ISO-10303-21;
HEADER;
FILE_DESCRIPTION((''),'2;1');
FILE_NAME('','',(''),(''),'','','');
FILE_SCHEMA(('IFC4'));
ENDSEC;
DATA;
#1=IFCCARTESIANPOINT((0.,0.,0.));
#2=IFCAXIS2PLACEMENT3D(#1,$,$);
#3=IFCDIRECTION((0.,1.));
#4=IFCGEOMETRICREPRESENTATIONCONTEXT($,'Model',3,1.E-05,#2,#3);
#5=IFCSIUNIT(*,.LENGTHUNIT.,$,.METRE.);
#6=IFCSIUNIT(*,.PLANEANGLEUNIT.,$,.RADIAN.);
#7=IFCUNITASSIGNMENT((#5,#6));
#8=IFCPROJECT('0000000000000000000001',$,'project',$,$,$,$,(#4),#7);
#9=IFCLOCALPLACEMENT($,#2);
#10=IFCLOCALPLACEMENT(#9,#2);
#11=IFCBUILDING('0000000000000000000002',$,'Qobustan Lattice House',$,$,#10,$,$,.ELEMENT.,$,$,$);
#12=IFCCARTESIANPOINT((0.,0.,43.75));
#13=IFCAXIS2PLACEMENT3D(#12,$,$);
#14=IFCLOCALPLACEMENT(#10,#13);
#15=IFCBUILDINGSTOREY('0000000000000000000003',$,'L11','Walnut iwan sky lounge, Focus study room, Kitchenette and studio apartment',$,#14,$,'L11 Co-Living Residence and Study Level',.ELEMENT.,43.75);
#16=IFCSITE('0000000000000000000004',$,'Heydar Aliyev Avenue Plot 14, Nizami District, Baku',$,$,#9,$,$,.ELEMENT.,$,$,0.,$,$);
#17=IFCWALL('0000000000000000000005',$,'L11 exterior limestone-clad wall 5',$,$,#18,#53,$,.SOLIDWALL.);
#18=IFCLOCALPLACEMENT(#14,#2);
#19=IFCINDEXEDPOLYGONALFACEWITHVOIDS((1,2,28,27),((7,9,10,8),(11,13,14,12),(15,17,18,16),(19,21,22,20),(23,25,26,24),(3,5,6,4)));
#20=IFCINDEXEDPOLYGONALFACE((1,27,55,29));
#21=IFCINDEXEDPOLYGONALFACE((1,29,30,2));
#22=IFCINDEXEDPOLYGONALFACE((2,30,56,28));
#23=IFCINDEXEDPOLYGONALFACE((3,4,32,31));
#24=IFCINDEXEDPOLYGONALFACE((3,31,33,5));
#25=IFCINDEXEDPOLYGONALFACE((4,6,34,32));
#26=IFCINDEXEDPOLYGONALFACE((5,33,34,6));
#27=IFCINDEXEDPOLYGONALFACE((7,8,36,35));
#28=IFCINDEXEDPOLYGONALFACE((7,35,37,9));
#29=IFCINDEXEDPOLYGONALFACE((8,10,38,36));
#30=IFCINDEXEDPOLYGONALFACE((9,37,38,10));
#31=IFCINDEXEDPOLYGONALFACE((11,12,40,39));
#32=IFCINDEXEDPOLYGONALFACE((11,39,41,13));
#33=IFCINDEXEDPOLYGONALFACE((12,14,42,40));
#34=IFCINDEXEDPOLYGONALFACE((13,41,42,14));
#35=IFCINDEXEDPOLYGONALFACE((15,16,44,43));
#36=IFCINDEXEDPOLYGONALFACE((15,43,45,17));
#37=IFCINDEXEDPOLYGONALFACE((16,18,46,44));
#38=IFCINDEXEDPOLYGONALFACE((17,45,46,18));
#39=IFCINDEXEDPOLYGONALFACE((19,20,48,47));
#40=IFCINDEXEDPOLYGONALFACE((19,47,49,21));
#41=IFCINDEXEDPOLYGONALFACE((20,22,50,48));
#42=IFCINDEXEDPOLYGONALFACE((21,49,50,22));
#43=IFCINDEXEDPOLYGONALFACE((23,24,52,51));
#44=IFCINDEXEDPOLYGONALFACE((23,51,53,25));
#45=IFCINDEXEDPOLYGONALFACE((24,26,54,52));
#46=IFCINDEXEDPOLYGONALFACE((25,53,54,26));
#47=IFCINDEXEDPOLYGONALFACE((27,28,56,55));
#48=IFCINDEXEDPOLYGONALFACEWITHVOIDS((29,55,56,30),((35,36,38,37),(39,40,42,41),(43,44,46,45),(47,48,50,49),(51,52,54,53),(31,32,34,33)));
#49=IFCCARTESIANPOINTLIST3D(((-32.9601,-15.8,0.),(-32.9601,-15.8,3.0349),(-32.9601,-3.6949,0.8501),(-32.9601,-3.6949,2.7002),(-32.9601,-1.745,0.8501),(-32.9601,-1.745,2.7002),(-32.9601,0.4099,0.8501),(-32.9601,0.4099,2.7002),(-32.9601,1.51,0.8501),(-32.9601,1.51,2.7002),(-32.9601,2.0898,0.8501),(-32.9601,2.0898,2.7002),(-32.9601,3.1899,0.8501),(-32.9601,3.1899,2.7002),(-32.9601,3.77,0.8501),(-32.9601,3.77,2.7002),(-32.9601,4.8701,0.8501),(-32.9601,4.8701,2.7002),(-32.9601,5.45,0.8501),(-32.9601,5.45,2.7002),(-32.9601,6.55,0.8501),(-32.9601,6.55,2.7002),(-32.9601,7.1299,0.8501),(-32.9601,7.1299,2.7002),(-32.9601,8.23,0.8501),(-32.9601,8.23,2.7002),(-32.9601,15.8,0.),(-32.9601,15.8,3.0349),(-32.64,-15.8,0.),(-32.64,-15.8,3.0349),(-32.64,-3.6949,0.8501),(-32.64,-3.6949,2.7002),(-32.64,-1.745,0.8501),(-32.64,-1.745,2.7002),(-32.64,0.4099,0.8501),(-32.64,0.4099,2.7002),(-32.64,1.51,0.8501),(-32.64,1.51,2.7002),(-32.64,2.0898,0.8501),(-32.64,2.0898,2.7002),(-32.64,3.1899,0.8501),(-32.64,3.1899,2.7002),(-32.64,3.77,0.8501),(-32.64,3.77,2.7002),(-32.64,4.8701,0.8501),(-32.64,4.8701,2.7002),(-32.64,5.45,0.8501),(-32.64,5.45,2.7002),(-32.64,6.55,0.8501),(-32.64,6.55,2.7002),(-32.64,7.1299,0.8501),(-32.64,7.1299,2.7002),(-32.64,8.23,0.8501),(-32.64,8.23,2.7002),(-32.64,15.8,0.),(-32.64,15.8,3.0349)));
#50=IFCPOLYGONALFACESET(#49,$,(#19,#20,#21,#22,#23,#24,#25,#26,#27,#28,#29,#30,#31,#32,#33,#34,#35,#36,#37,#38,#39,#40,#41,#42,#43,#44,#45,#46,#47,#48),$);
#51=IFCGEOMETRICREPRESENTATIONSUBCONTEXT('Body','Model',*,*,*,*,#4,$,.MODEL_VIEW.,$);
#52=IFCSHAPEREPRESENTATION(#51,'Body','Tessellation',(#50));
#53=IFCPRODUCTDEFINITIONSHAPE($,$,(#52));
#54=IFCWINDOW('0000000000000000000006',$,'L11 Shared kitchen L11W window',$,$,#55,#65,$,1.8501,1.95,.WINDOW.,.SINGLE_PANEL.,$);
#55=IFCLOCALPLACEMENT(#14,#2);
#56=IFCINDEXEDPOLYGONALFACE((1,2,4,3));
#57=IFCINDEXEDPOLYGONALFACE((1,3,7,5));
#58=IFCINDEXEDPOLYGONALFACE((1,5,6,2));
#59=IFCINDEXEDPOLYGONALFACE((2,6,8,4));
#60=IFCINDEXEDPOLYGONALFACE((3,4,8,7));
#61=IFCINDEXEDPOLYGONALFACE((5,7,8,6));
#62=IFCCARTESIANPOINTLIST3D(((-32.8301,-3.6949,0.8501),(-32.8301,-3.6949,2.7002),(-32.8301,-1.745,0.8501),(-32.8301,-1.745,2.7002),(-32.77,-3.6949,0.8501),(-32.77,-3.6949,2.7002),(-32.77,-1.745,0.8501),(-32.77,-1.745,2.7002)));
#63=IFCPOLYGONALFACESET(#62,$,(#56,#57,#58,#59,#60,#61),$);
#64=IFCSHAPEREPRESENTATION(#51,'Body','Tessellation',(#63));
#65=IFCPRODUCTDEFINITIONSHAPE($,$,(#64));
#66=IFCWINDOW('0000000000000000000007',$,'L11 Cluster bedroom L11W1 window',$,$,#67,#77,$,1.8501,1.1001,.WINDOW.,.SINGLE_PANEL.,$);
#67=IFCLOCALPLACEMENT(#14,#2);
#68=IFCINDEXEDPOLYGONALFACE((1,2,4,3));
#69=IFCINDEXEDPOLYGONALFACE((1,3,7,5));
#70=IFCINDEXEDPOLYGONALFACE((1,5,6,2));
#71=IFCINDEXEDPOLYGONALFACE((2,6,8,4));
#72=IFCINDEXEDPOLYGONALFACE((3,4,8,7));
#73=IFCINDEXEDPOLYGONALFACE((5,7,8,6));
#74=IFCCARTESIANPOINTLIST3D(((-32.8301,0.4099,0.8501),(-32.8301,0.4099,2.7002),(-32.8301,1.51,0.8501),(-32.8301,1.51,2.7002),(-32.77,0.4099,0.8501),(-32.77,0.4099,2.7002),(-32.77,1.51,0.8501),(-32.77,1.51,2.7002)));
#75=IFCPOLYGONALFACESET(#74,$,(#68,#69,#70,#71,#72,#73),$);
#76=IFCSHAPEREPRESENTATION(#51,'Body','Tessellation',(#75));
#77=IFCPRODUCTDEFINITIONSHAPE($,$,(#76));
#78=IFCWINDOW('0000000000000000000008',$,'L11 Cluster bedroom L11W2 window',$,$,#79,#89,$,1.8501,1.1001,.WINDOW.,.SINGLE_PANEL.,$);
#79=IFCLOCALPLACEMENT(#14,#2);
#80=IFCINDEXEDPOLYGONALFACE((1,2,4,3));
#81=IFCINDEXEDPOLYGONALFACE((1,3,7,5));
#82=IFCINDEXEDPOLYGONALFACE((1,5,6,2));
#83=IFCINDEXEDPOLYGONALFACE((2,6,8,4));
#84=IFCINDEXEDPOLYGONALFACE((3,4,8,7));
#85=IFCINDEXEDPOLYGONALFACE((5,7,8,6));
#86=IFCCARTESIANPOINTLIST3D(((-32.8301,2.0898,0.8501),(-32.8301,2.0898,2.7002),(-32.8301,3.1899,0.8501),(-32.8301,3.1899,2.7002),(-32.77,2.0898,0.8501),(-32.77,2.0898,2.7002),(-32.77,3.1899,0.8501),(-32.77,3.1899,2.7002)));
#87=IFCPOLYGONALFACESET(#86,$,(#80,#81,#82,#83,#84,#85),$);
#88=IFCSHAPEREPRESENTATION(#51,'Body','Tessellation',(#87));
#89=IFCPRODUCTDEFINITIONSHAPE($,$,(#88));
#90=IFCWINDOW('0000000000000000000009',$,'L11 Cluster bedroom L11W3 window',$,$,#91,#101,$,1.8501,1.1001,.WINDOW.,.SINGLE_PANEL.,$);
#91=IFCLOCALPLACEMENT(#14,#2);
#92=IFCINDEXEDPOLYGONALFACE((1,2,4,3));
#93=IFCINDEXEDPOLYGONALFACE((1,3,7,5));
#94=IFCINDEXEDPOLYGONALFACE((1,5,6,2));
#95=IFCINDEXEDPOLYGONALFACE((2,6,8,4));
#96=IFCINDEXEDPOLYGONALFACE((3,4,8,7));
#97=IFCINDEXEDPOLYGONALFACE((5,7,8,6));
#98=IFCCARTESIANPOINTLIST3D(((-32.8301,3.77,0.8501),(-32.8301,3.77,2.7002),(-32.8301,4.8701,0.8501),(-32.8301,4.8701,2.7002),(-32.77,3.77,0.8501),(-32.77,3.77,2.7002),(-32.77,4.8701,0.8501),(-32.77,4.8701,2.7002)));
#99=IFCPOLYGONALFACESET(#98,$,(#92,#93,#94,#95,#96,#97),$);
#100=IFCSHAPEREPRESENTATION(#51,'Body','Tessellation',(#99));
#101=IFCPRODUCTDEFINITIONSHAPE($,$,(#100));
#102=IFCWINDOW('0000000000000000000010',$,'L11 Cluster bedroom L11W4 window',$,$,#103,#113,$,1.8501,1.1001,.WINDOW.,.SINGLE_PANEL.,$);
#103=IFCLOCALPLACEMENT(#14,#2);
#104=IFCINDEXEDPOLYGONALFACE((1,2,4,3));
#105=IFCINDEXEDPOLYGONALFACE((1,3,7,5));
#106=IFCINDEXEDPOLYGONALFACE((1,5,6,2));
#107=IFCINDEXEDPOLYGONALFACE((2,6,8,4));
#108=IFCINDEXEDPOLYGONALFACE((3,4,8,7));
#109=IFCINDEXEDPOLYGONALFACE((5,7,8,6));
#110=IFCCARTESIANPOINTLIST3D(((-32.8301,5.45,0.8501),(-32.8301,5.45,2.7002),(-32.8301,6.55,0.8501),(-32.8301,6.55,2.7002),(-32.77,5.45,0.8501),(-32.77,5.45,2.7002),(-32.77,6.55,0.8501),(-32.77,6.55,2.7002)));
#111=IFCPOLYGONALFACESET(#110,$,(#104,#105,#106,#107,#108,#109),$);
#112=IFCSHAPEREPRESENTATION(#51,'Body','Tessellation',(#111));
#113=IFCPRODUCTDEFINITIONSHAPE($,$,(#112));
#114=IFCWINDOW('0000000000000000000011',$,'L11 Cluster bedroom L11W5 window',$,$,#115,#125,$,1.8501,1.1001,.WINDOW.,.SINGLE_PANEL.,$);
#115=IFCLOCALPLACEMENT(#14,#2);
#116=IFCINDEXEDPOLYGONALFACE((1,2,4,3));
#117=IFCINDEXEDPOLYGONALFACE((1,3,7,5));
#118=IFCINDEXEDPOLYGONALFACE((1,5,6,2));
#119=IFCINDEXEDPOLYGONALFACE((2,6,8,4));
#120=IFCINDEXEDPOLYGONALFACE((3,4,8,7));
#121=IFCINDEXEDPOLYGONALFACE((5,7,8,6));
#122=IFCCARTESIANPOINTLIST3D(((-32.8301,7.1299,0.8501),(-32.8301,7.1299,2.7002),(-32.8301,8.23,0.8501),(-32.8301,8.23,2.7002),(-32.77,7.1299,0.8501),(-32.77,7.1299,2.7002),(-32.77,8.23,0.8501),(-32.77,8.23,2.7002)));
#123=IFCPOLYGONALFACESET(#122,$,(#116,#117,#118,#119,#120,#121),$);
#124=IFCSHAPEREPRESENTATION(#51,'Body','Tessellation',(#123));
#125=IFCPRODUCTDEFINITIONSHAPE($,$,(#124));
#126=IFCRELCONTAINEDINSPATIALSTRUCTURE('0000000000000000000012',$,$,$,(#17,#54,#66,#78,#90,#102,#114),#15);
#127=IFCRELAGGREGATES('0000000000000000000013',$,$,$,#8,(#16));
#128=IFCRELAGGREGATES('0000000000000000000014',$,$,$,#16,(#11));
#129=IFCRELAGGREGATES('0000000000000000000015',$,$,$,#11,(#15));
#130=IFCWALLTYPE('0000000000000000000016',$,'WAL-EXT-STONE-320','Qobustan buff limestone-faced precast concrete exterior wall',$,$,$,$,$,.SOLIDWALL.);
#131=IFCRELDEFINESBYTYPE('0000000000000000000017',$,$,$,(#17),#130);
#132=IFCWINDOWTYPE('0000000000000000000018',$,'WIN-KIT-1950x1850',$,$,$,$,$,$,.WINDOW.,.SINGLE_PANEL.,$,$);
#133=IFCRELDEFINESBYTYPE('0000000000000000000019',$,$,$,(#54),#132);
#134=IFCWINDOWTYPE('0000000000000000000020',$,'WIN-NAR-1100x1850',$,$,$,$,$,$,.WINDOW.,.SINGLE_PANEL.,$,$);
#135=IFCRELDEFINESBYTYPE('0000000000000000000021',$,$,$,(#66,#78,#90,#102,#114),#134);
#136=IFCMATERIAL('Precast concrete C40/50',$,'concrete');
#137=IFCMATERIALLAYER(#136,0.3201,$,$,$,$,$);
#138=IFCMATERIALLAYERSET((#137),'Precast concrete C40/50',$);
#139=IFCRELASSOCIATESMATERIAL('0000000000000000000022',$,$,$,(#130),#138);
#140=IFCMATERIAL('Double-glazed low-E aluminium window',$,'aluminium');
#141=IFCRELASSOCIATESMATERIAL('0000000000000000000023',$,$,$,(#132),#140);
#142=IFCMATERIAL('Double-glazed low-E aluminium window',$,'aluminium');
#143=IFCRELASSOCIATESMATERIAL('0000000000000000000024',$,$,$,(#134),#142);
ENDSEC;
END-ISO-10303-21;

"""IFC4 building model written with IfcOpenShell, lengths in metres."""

from ifc_helpers import new_model, si_unit, direction, frame, frame_2d, origin, place, context, subcontext, project, spatial, rectangle, extrude, material, layer, layer_set, type_object, element, fill, save


model = new_model("IFC4")

# Units and contexts
model_context = context("Model", 3, precision=1e-05, world=origin(), true_north=direction((0.0, 1.0)))
body_context = subcontext(model_context, "Body", "Model", "MODEL_VIEW")
ifc_project = project(units=[si_unit("LENGTHUNIT", "METRE"), si_unit("PLANEANGLEUNIT", "RADIAN")], contexts=[model_context])

# Site, building, storey
site_placement = place(None, origin())
site = spatial("IfcSite", under=ifc_project, at=site_placement, Name="Heydar Aliyev Avenue Plot 14, Nizami District, Baku", CompositionType="ELEMENT", RefElevation=0.0)
building_placement = place(site_placement, origin())
building = spatial("IfcBuilding", under=site, at=building_placement, Name="Qobustan Lattice House", CompositionType="ELEMENT")
storey_placement = place(building_placement, frame((0.0, 0.0, 43.75)))
storey = spatial("IfcBuildingStorey", under=building, at=storey_placement, Name="L11", Description="Walnut iwan sky lounge, Focus study room, Kitchenette and studio apartment", LongName="L11 Co-Living Residence and Study Level", CompositionType="ELEMENT", Elevation=43.75)

# Shared definitions
ifc_material_1 = material(Name="Precast concrete C40/50", Category="concrete")
ifc_layer_1 = layer(ifc_material_1, 0.3201)
ifc_layer_set_1 = layer_set([ifc_layer_1], Name="Precast concrete C40/50")
wall_type = type_object("IfcWallType", Name="WAL-EXT-STONE-320", Description="Qobustan buff limestone-faced precast concrete exterior wall", PredefinedType="SOLIDWALL", material=ifc_layer_set_1)

# Wall, openings, windows
wall_1_placement = place(storey_placement, frame((-32.8, -15.8, 0.0), z_axis=(0.0, 0.0, 1.0), x_axis=(0.0, 1.0, 0.0)))
wall_1 = element("IfcWall", 1, at=wall_1_placement, inside=storey, type_object=wall_type, Name="L11 exterior limestone-clad wall 5", PredefinedType="SOLIDWALL", context=body_context, shape_type="SweptSolid", body=[
    extrude(rectangle(XDim=31.6001, YDim=0.3201, at=frame_2d((15.8, 0.0))), origin(), (0.0, 0.0, 1.0), 3.0349),
])
opening_1_placement = place(wall_1_placement, frame((12.105, 0.0, 0.8501)))
opening_1 = element("IfcOpeningElement", 2, at=opening_1_placement, cuts=wall_1, PredefinedType="OPENING", context=body_context, shape_type="SweptSolid", body=[
    extrude(rectangle(XDim=1.95, YDim=1.8501, at=frame_2d((0.9751, 0.925))), frame((0.0, 0.1699, 0.0), z_axis=(0.0, -1.0, 0.0), x_axis=(1.0, 0.0, 0.0)), (0.0, 0.0, 1.0), 0.3401),
])
opening_2_placement = place(wall_1_placement, frame((16.21, 0.0, 0.8501)))
opening_2 = element("IfcOpeningElement", 3, at=opening_2_placement, cuts=wall_1, PredefinedType="OPENING", context=body_context, shape_type="SweptSolid", body=[
    extrude(rectangle(XDim=1.1001, YDim=1.8501, at=frame_2d((0.55, 0.925))), frame((0.0, 0.1699, 0.0), z_axis=(0.0, -1.0, 0.0), x_axis=(1.0, 0.0, 0.0)), (0.0, 0.0, 1.0), 0.3401),
])
opening_3_placement = place(wall_1_placement, frame((17.8899, 0.0, 0.8501)))
opening_3 = element("IfcOpeningElement", 4, at=opening_3_placement, cuts=wall_1, PredefinedType="OPENING", context=body_context, shape_type="SweptSolid", body=[
    extrude(rectangle(XDim=1.1001, YDim=1.8501, at=frame_2d((0.55, 0.925))), frame((0.0, 0.1699, 0.0), z_axis=(0.0, -1.0, 0.0), x_axis=(1.0, 0.0, 0.0)), (0.0, 0.0, 1.0), 0.3401),
])
opening_4_placement = place(wall_1_placement, frame((19.5701, 0.0, 0.8501)))
opening_4 = element("IfcOpeningElement", 5, at=opening_4_placement, cuts=wall_1, PredefinedType="OPENING", context=body_context, shape_type="SweptSolid", body=[
    extrude(rectangle(XDim=1.1001, YDim=1.8501, at=frame_2d((0.55, 0.925))), frame((0.0, 0.1699, 0.0), z_axis=(0.0, -1.0, 0.0), x_axis=(1.0, 0.0, 0.0)), (0.0, 0.0, 1.0), 0.3401),
])
opening_5_placement = place(wall_1_placement, frame((21.25, 0.0, 0.8501)))
opening_5 = element("IfcOpeningElement", 6, at=opening_5_placement, cuts=wall_1, PredefinedType="OPENING", context=body_context, shape_type="SweptSolid", body=[
    extrude(rectangle(XDim=1.1001, YDim=1.8501, at=frame_2d((0.55, 0.925))), frame((0.0, 0.1699, 0.0), z_axis=(0.0, -1.0, 0.0), x_axis=(1.0, 0.0, 0.0)), (0.0, 0.0, 1.0), 0.3401),
])
opening_6_placement = place(wall_1_placement, frame((22.9299, 0.0, 0.8501)))
opening_6 = element("IfcOpeningElement", 7, at=opening_6_placement, cuts=wall_1, PredefinedType="OPENING", context=body_context, shape_type="SweptSolid", body=[
    extrude(rectangle(XDim=1.1001, YDim=1.8501, at=frame_2d((0.55, 0.925))), frame((0.0, 0.1699, 0.0), z_axis=(0.0, -1.0, 0.0), x_axis=(1.0, 0.0, 0.0)), (0.0, 0.0, 1.0), 0.3401),
])
ifc_material_2 = material(Name="Double-glazed low-E aluminium window", Category="aluminium")
window_type_1 = type_object("IfcWindowType", Name="WIN-KIT-1950x1850", PartitioningType="SINGLE_PANEL", PredefinedType="WINDOW", material=ifc_material_2)
window_1_placement = place(opening_1_placement, origin())
window_1 = element("IfcWindow", 8, at=window_1_placement, inside=storey, type_object=window_type_1, Name="L11 Shared kitchen L11W window", OverallHeight=1.8501, OverallWidth=1.95, PartitioningType="SINGLE_PANEL", PredefinedType="WINDOW", context=body_context, shape_type="SweptSolid", body=[
    extrude(rectangle(XDim=1.95, YDim=1.8501, at=frame_2d((0.9751, 0.925))), frame((0.0, 0.03, 0.0), z_axis=(0.0, -1.0, 0.0), x_axis=(1.0, 0.0, 0.0)), (0.0, 0.0, 1.0), 0.0601),
])
fill(opening_1, window_1)
ifc_material_3 = material(Name="Double-glazed low-E aluminium window", Category="aluminium")
window_type_2 = type_object("IfcWindowType", Name="WIN-NAR-1100x1850", PartitioningType="SINGLE_PANEL", PredefinedType="WINDOW", material=ifc_material_3)
window_2_placement = place(opening_2_placement, origin())
window_2 = element("IfcWindow", 9, at=window_2_placement, inside=storey, type_object=window_type_2, Name="L11 Cluster bedroom L11W1 window", OverallHeight=1.8501, OverallWidth=1.1001, PartitioningType="SINGLE_PANEL", PredefinedType="WINDOW", context=body_context, shape_type="SweptSolid", body=[
    extrude(rectangle(XDim=1.1001, YDim=1.8501, at=frame_2d((0.55, 0.925))), frame((0.0, 0.03, 0.0), z_axis=(0.0, -1.0, 0.0), x_axis=(1.0, 0.0, 0.0)), (0.0, 0.0, 1.0), 0.0601),
])
fill(opening_2, window_2)
window_3_placement = place(opening_3_placement, origin())
window_3 = element("IfcWindow", 10, at=window_3_placement, inside=storey, type_object=window_type_2, Name="L11 Cluster bedroom L11W2 window", OverallHeight=1.8501, OverallWidth=1.1001, PartitioningType="SINGLE_PANEL", PredefinedType="WINDOW", context=body_context, shape_type="SweptSolid", body=[
    extrude(rectangle(XDim=1.1001, YDim=1.8501, at=frame_2d((0.55, 0.925))), frame((0.0, 0.03, 0.0), z_axis=(0.0, -1.0, 0.0), x_axis=(1.0, 0.0, 0.0)), (0.0, 0.0, 1.0), 0.0601),
])
fill(opening_3, window_3)
window_4_placement = place(opening_4_placement, origin())
window_4 = element("IfcWindow", 11, at=window_4_placement, inside=storey, type_object=window_type_2, Name="L11 Cluster bedroom L11W3 window", OverallHeight=1.8501, OverallWidth=1.1001, PartitioningType="SINGLE_PANEL", PredefinedType="WINDOW", context=body_context, shape_type="SweptSolid", body=[
    extrude(rectangle(XDim=1.1001, YDim=1.8501, at=frame_2d((0.55, 0.925))), frame((0.0, 0.03, 0.0), z_axis=(0.0, -1.0, 0.0), x_axis=(1.0, 0.0, 0.0)), (0.0, 0.0, 1.0), 0.0601),
])
fill(opening_4, window_4)
window_5_placement = place(opening_5_placement, origin())
window_5 = element("IfcWindow", 12, at=window_5_placement, inside=storey, type_object=window_type_2, Name="L11 Cluster bedroom L11W4 window", OverallHeight=1.8501, OverallWidth=1.1001, PartitioningType="SINGLE_PANEL", PredefinedType="WINDOW", context=body_context, shape_type="SweptSolid", body=[
    extrude(rectangle(XDim=1.1001, YDim=1.8501, at=frame_2d((0.55, 0.925))), frame((0.0, 0.03, 0.0), z_axis=(0.0, -1.0, 0.0), x_axis=(1.0, 0.0, 0.0)), (0.0, 0.0, 1.0), 0.0601),
])
fill(opening_5, window_5)
window_6_placement = place(opening_6_placement, origin())
window_6 = element("IfcWindow", 13, at=window_6_placement, inside=storey, type_object=window_type_2, Name="L11 Cluster bedroom L11W5 window", OverallHeight=1.8501, OverallWidth=1.1001, PartitioningType="SINGLE_PANEL", PredefinedType="WINDOW", context=body_context, shape_type="SweptSolid", body=[
    extrude(rectangle(XDim=1.1001, YDim=1.8501, at=frame_2d((0.55, 0.925))), frame((0.0, 0.03, 0.0), z_axis=(0.0, -1.0, 0.0), x_axis=(1.0, 0.0, 0.0)), (0.0, 0.0, 1.0), 0.0601),
])
fill(opening_6, window_6)

save(model, "model.ifc")
